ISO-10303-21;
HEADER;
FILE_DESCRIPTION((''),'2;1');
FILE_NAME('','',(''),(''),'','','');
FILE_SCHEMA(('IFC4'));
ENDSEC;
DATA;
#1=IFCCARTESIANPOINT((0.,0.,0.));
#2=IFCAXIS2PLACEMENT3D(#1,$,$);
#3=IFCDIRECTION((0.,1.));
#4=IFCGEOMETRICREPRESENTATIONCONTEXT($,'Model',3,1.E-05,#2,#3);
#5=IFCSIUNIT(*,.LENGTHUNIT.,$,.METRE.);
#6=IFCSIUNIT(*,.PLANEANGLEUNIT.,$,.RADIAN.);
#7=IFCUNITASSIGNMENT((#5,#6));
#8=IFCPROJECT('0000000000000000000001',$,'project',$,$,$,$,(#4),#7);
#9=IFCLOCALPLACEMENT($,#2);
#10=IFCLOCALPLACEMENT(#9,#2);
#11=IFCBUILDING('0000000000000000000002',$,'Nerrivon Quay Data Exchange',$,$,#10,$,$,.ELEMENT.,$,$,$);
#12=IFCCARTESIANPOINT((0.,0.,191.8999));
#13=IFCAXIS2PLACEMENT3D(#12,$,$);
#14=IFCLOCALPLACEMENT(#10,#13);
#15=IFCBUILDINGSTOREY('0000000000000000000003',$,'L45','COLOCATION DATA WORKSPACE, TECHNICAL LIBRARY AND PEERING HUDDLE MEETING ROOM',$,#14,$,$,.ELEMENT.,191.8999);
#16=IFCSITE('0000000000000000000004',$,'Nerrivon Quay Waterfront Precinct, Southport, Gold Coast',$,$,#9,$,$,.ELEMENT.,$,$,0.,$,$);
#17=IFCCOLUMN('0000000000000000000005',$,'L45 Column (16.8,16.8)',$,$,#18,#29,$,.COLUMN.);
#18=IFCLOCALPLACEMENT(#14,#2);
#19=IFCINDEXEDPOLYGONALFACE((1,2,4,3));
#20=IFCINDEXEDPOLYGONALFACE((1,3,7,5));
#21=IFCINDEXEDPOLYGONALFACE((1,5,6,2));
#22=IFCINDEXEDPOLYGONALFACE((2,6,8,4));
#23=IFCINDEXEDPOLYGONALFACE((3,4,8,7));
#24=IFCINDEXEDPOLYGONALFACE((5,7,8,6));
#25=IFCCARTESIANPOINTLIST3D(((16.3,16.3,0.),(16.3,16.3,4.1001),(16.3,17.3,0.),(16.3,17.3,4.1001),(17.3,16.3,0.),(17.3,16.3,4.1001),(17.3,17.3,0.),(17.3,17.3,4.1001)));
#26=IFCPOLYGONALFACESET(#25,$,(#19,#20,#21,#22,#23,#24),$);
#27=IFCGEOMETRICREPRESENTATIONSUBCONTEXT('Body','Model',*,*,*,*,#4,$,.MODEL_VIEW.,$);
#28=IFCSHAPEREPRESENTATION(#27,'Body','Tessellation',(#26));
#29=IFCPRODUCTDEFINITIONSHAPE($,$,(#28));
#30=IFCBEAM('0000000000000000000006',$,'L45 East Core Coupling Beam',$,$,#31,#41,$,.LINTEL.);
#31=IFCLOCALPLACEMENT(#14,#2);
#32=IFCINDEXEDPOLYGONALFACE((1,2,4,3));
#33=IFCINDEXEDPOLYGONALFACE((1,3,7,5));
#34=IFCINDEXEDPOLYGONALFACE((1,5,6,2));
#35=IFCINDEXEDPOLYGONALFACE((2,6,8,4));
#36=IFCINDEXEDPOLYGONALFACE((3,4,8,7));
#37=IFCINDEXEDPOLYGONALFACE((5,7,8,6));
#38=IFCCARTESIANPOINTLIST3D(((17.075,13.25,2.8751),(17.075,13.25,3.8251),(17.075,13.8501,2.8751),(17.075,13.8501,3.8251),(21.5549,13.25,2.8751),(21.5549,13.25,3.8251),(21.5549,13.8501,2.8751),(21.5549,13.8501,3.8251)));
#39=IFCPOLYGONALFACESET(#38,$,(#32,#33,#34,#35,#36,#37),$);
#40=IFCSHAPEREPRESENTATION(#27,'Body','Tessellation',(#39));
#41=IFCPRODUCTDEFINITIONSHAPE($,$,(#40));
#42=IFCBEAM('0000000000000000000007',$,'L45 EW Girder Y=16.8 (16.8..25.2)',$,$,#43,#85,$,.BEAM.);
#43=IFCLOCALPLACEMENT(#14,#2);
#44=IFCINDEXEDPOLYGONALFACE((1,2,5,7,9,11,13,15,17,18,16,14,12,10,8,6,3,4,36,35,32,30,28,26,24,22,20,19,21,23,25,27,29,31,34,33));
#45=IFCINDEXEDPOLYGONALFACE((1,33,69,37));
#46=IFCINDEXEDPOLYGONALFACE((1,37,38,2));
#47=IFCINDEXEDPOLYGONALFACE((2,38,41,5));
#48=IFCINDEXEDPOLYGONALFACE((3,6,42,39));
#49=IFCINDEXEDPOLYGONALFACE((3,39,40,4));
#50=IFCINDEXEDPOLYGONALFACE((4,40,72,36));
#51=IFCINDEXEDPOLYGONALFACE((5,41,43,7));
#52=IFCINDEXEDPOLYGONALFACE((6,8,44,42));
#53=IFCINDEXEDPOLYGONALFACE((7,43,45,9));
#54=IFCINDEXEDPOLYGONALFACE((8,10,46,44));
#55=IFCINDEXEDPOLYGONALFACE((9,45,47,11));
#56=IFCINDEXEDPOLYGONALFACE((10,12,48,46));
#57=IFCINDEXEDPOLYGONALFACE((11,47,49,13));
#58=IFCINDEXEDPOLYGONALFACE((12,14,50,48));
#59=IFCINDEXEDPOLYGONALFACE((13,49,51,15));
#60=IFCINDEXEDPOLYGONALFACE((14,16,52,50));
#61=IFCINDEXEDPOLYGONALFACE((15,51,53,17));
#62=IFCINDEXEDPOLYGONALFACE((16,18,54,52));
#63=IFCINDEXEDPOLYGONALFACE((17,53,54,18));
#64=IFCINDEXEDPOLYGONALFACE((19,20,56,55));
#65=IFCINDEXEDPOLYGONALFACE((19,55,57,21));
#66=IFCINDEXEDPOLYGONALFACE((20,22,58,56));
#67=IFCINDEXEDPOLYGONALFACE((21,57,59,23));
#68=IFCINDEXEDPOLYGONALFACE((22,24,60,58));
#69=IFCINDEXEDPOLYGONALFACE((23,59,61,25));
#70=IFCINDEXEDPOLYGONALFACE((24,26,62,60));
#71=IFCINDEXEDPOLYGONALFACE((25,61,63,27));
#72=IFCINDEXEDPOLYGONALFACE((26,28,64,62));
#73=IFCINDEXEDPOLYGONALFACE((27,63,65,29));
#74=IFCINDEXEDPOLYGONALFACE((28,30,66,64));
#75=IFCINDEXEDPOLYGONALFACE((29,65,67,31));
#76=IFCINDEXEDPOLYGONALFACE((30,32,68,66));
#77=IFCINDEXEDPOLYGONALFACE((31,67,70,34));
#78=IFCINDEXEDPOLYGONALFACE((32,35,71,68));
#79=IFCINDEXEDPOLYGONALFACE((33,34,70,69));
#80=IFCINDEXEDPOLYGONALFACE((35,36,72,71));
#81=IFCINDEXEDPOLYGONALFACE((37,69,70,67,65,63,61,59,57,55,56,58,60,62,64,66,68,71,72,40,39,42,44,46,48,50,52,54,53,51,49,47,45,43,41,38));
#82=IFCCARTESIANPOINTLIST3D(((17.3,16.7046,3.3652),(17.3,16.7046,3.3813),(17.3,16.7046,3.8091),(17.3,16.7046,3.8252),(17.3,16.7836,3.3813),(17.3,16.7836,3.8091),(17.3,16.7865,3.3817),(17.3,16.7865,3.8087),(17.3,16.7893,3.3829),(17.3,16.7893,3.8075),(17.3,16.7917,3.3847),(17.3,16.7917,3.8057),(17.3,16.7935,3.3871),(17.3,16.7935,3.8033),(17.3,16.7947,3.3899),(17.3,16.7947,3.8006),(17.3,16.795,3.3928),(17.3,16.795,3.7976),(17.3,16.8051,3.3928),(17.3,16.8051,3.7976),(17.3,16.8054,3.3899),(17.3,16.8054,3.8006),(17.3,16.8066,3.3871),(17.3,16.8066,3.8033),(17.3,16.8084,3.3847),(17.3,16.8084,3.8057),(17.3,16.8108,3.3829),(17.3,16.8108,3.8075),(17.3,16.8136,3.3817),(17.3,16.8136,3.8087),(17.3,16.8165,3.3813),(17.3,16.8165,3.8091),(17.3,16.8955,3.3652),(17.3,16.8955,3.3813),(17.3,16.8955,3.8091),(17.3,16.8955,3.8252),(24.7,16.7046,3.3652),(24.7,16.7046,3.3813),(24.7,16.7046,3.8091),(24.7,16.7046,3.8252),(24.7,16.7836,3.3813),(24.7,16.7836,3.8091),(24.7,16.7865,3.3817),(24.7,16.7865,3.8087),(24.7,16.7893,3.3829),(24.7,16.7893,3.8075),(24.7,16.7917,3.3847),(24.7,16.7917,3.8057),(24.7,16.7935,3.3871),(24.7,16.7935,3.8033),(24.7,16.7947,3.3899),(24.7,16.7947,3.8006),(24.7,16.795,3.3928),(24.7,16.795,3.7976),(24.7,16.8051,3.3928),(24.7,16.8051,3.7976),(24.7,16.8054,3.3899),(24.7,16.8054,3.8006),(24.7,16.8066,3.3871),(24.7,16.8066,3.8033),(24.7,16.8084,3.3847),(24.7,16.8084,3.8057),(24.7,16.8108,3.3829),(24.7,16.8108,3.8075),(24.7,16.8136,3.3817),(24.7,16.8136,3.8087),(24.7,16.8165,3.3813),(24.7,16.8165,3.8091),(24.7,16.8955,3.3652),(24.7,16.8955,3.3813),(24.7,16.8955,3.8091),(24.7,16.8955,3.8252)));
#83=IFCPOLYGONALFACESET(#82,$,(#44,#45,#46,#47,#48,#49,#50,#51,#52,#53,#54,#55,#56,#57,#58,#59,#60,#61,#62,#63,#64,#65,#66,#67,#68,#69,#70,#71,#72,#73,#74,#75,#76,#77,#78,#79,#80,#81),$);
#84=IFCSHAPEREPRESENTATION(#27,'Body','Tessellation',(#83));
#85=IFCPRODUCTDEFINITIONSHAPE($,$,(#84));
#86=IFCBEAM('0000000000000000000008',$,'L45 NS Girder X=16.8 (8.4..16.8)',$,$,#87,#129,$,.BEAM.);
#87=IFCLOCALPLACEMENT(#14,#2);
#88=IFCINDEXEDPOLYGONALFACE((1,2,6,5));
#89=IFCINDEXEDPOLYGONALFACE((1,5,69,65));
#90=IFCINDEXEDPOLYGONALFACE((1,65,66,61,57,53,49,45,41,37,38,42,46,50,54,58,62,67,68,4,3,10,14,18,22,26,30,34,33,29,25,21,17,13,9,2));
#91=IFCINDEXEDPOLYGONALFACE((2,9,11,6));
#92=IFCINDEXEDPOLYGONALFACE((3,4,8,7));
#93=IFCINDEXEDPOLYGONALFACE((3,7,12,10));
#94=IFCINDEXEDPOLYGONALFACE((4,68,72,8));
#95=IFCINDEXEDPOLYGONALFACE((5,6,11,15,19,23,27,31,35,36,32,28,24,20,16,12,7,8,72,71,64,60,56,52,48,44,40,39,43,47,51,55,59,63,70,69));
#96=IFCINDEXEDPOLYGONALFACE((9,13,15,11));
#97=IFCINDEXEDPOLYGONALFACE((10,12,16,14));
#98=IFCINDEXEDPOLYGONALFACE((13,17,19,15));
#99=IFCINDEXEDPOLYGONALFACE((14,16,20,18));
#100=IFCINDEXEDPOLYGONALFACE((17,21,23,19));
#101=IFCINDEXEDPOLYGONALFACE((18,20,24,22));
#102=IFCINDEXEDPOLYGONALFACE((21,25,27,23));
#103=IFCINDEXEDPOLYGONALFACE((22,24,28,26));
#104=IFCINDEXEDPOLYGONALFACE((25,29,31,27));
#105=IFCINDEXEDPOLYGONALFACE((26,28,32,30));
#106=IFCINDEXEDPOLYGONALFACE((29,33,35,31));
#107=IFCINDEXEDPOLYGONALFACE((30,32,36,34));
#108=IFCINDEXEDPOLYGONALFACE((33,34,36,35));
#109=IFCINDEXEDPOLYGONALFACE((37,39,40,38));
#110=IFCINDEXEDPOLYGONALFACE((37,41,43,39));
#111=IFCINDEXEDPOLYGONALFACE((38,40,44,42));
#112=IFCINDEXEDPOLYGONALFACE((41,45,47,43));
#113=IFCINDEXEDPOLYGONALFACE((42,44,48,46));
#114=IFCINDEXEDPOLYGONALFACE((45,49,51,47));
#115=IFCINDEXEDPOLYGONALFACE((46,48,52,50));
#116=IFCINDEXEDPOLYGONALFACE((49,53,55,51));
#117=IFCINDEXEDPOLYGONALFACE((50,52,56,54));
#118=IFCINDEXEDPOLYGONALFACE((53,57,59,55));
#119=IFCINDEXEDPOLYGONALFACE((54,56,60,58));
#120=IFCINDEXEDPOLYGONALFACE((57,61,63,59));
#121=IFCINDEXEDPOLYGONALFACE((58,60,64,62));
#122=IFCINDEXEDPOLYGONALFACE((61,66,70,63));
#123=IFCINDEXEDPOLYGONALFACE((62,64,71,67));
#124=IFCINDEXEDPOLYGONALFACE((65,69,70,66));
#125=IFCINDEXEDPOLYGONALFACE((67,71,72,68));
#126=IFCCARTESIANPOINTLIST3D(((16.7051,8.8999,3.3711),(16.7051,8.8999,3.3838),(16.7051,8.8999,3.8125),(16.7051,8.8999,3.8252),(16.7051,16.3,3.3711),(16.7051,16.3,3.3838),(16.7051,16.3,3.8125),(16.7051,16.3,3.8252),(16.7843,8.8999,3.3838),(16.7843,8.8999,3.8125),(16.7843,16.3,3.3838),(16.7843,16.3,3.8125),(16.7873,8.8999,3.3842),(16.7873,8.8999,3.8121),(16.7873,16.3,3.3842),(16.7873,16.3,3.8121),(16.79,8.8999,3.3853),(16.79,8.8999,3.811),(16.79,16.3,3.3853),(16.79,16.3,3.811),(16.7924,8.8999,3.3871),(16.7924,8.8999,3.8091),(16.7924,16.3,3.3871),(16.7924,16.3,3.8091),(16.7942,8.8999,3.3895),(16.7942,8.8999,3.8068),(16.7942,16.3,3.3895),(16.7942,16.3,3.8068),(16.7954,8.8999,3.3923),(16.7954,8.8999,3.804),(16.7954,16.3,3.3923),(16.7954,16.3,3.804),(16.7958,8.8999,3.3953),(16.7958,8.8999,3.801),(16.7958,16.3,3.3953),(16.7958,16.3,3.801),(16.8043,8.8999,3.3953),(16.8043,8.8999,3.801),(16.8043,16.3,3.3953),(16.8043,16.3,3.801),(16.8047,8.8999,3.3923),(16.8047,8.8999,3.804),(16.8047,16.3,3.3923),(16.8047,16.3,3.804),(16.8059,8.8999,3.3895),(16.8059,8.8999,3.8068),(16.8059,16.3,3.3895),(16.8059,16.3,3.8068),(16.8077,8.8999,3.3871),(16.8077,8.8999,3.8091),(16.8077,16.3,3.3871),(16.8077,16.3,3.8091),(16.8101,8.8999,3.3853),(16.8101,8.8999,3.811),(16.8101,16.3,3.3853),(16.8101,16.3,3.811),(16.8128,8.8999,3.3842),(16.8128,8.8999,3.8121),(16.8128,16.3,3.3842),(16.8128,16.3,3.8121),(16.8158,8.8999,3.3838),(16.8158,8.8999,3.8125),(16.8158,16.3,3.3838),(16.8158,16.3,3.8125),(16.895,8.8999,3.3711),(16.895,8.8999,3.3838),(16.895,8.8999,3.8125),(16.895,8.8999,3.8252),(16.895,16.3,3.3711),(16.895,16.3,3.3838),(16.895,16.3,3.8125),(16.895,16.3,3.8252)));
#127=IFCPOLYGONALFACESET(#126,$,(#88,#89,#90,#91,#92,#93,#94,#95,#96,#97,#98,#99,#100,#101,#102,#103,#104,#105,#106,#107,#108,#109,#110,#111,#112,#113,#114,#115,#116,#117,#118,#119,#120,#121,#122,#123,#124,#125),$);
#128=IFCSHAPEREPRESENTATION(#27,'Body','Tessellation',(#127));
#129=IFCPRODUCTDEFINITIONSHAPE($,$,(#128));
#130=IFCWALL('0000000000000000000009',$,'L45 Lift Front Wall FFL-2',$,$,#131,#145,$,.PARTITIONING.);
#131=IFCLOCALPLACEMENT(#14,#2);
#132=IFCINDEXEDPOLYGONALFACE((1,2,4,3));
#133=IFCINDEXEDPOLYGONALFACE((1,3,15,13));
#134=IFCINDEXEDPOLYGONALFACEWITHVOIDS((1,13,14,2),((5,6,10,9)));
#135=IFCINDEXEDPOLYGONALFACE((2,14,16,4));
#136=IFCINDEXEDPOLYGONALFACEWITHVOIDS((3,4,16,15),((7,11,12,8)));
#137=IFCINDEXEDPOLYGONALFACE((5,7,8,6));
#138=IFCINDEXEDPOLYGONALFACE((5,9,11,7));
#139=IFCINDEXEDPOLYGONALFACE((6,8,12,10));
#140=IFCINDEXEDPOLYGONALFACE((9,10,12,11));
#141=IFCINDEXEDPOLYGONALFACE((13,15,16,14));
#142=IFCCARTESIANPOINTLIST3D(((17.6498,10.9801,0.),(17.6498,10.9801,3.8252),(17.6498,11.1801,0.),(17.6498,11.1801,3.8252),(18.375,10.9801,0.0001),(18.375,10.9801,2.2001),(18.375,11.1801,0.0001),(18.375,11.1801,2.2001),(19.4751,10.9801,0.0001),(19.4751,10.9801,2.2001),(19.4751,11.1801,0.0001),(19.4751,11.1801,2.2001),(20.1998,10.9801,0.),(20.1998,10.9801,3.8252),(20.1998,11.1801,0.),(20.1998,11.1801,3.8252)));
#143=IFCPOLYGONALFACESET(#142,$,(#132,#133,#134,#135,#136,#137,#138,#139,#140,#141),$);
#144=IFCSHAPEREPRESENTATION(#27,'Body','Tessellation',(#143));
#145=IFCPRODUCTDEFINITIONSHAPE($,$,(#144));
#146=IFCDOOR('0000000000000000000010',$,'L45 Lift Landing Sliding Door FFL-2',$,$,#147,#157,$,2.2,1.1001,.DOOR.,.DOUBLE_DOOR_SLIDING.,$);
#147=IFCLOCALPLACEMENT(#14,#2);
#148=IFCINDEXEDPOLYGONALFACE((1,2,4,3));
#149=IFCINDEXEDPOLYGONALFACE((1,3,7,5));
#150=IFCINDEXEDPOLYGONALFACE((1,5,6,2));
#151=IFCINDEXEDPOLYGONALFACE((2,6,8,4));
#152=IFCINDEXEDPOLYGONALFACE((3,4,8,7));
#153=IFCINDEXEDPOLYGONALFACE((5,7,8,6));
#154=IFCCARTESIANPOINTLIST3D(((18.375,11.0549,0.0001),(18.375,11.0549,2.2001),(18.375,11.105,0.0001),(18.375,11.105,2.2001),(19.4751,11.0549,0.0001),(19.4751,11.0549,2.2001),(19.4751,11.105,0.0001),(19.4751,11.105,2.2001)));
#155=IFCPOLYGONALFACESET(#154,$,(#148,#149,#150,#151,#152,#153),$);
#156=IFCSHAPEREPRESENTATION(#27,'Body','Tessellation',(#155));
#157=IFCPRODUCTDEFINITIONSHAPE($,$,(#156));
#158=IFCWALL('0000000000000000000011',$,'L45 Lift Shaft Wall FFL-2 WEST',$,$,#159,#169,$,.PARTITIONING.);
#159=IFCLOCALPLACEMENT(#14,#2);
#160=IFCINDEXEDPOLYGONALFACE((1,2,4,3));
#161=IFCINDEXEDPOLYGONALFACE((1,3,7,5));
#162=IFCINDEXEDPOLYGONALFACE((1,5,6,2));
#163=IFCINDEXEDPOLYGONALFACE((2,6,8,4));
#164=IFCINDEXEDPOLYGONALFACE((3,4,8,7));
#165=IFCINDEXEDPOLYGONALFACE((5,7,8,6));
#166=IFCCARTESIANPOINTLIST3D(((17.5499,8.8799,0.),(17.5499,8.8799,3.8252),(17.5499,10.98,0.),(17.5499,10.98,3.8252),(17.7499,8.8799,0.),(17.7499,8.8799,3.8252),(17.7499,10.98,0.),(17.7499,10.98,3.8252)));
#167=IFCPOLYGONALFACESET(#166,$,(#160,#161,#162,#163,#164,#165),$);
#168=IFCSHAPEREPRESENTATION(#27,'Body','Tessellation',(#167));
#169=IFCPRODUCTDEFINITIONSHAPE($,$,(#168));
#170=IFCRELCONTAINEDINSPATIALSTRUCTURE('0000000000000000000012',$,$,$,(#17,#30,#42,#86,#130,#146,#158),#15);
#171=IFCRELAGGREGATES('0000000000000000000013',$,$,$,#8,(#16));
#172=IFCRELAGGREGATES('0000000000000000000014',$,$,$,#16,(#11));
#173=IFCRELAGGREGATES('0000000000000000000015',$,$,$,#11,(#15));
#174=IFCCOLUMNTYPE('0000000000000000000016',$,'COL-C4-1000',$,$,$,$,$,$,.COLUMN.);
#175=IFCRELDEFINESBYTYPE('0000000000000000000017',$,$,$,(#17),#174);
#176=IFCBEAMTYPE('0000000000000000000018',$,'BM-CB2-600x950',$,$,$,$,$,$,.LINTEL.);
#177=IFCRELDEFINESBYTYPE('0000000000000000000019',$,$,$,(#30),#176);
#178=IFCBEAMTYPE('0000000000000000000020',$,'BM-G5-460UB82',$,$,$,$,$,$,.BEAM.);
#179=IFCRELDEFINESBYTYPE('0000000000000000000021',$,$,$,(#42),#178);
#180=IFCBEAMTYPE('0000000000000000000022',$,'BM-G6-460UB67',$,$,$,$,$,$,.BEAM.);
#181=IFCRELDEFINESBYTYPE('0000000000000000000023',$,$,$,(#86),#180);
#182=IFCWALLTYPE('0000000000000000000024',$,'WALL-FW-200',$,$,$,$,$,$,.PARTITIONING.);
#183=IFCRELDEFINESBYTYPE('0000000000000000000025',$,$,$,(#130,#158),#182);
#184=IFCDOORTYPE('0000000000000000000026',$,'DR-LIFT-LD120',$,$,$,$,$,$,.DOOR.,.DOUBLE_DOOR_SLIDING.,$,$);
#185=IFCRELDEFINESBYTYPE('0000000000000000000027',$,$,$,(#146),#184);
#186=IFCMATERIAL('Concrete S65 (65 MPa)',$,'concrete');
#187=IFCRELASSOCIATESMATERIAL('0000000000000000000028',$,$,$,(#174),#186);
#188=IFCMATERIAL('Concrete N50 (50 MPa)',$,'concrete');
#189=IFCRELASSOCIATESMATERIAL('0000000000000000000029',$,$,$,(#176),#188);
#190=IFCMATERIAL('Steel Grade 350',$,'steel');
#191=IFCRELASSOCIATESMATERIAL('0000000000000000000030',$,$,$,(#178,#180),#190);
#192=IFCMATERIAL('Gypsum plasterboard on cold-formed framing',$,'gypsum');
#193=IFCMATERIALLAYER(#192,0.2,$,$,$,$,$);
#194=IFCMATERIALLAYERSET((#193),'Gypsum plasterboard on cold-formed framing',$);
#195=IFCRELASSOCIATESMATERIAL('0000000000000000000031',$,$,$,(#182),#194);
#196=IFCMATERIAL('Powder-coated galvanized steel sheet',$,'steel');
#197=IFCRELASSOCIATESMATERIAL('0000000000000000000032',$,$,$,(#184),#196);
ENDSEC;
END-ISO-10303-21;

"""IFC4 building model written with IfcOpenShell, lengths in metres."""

from ifc_helpers import new_model, si_unit, direction, frame, frame_2d, origin, origin_2d, place, context, subcontext, project, spatial, rectangle, i_section, extrude, material, layer, layer_set, material_profile, profile_set, type_object, element, fill, save


model = new_model("IFC4")

# Units and contexts
model_context = context("Model", 3, precision=1e-05, world=origin(), true_north=direction((0.0, 1.0)))
body_context = subcontext(model_context, "Body", "Model", "MODEL_VIEW")
ifc_project = project(units=[si_unit("LENGTHUNIT", "METRE"), si_unit("PLANEANGLEUNIT", "RADIAN")], contexts=[model_context])

# Site, building, storey
site_placement = place(None, origin())
site = spatial("IfcSite", under=ifc_project, at=site_placement, Name="Nerrivon Quay Waterfront Precinct, Southport, Gold Coast", CompositionType="ELEMENT", RefElevation=0.0)
building_placement = place(site_placement, origin())
building = spatial("IfcBuilding", under=site, at=building_placement, Name="Nerrivon Quay Data Exchange", CompositionType="ELEMENT")
storey_placement = place(building_placement, frame((0.0, 0.0, 191.8999)))
storey = spatial("IfcBuildingStorey", under=building, at=storey_placement, Name="L45", Description="COLOCATION DATA WORKSPACE, TECHNICAL LIBRARY AND PEERING HUDDLE MEETING ROOM", CompositionType="ELEMENT", Elevation=191.8999)

# Column
ifc_material_1 = material(Name="Concrete S65 (65 MPa)", Category="concrete")
ifc_material_profile_1 = material_profile(ifc_material_1, rectangle(XDim=1.0, YDim=1.0, at=origin_2d()), Name="RC-COL-1000x1000")
ifc_profile_set_1 = profile_set([ifc_material_profile_1], Name="Concrete S65 (65 MPa)")
column_type = type_object("IfcColumnType", Name="COL-C4-1000", PredefinedType="COLUMN", material=ifc_profile_set_1)
column_placement = place(storey_placement, frame((16.8, 16.8, 0.0), z_axis=(0.0, 0.0, 1.0), x_axis=(1.0, 0.0, 0.0)))
element("IfcColumn", 1, at=column_placement, inside=storey, type_object=column_type, Name="L45 Column (16.8,16.8)", PredefinedType="COLUMN", context=body_context, shape_type="SweptSolid", body=[
    extrude(rectangle(XDim=1.0, YDim=1.0, at=origin_2d()), origin(), (0.0, 0.0, 1.0), 4.1001),
])

# Beams
ifc_material_2 = material(Name="Concrete N50 (50 MPa)", Category="concrete")
ifc_material_profile_2 = material_profile(ifc_material_2, rectangle(XDim=0.6001, YDim=0.95, at=origin_2d()), Name="RC-CB-600x950")
ifc_profile_set_2 = profile_set([ifc_material_profile_2], Name="Concrete N50 (50 MPa)")
beam_type_1 = type_object("IfcBeamType", Name="BM-CB2-600x950", PredefinedType="LINTEL", material=ifc_profile_set_2)
beam_1_placement = place(storey_placement, frame((17.075, 13.55, 3.3501), z_axis=(1.0, 0.0, 0.0), x_axis=(0.0, 1.0, 0.0)))
element("IfcBeam", 2, at=beam_1_placement, inside=storey, type_object=beam_type_1, Name="L45 East Core Coupling Beam", PredefinedType="LINTEL", context=body_context, shape_type="SweptSolid", body=[
    extrude(rectangle(XDim=0.6001, YDim=0.95, at=origin_2d()), origin(), (0.0, 0.0, 1.0), 4.48),
])
ifc_material_3 = material(Name="Steel Grade 350", Category="steel")
ifc_material_profile_3 = material_profile(ifc_material_3, i_section(OverallWidth=0.1909, OverallDepth=0.46, WebThickness=0.01, FlangeThickness=0.0161, FilletRadius=0.0115, at=origin_2d()), Name="460UB82.1")
ifc_profile_set_3 = profile_set([ifc_material_profile_3], Name="Steel Grade 350")
beam_type_2 = type_object("IfcBeamType", Name="BM-G5-460UB82", PredefinedType="BEAM", material=ifc_profile_set_3)
beam_2_placement = place(storey_placement, frame((17.3, 16.8, 3.5952), z_axis=(1.0, 0.0, 0.0), x_axis=(0.0, 1.0, 0.0)))
element("IfcBeam", 3, at=beam_2_placement, inside=storey, type_object=beam_type_2, Name="L45 EW Girder Y=16.8 (16.8..25.2)", PredefinedType="BEAM", context=body_context, shape_type="SweptSolid", body=[
    extrude(i_section(OverallWidth=0.1909, OverallDepth=0.46, WebThickness=0.01, FlangeThickness=0.0161, FilletRadius=0.0115, at=origin_2d()), origin(), (0.0, 0.0, 1.0), 7.3999),
])
ifc_material_profile_4 = material_profile(ifc_material_3, i_section(OverallWidth=0.1899, OverallDepth=0.4541, WebThickness=0.0085, FlangeThickness=0.0127, FilletRadius=0.0115, at=origin_2d()), Name="460UB67.1")
ifc_profile_set_4 = profile_set([ifc_material_profile_4], Name="Steel Grade 350")
beam_type_3 = type_object("IfcBeamType", Name="BM-G6-460UB67", PredefinedType="BEAM", material=ifc_profile_set_4)
beam_3_placement = place(storey_placement, frame((16.8, 8.8999, 3.5981), z_axis=(0.0, 1.0, 0.0), x_axis=(-1.0, 0.0, 0.0)))
element("IfcBeam", 4, at=beam_3_placement, inside=storey, type_object=beam_type_3, Name="L45 NS Girder X=16.8 (8.4..16.8)", PredefinedType="BEAM", context=body_context, shape_type="SweptSolid", body=[
    extrude(i_section(OverallWidth=0.1899, OverallDepth=0.4541, WebThickness=0.0085, FlangeThickness=0.0127, FilletRadius=0.0115, at=origin_2d()), origin(), (0.0, 0.0, 1.0), 7.4001),
])

# Wall, opening, door
ifc_material_4 = material(Name="Powder-coated galvanized steel sheet", Category="steel")
ifc_material_5 = material(Name="Gypsum plasterboard on cold-formed framing", Category="gypsum")
ifc_layer_1 = layer(ifc_material_5, 0.2)
ifc_layer_set_1 = layer_set([ifc_layer_1], Name="Gypsum plasterboard on cold-formed framing")
wall_type_1 = type_object("IfcWallType", Name="WALL-FW-200", PredefinedType="PARTITIONING", material=ifc_layer_set_1)
wall_1_placement = place(storey_placement, frame((17.6499, 11.0801, 0.0), z_axis=(0.0, 0.0, 1.0), x_axis=(1.0, 0.0, 0.0)))
wall_1 = element("IfcWall", 5, at=wall_1_placement, inside=storey, type_object=wall_type_1, Name="L45 Lift Front Wall FFL-2", PredefinedType="PARTITIONING", context=body_context, shape_type="SweptSolid", body=[
    extrude(rectangle(XDim=2.55, YDim=0.2, at=frame_2d((1.2749, 0.0))), origin(), (0.0, 0.0, 1.0), 3.8252),
])
opening_1_placement = place(wall_1_placement, frame((0.7251, 0.0, 0.0)))
opening_1 = element("IfcOpeningElement", 6, at=opening_1_placement, cuts=wall_1, PredefinedType="OPENING", context=body_context, shape_type="SweptSolid", body=[
    extrude(rectangle(XDim=1.1001, YDim=2.2, at=frame_2d((0.55, 1.1001))), frame((0.0, 0.1099, 0.0), z_axis=(0.0, -1.0, 0.0), x_axis=(1.0, 0.0, 0.0)), (0.0, 0.0, 1.0), 0.22),
])
door_type_1 = type_object("IfcDoorType", Name="DR-LIFT-LD120", OperationType="DOUBLE_DOOR_SLIDING", PredefinedType="DOOR", material=ifc_material_4)
door_1_placement = place(opening_1_placement, origin())
door_1 = element("IfcDoor", 7, at=door_1_placement, inside=storey, type_object=door_type_1, Name="L45 Lift Landing Sliding Door FFL-2", OperationType="DOUBLE_DOOR_SLIDING", OverallHeight=2.2, OverallWidth=1.1001, PredefinedType="DOOR", context=body_context, shape_type="SweptSolid", body=[
    extrude(rectangle(XDim=1.1001, YDim=2.2, at=frame_2d((0.55, 1.1001))), frame((0.0, 0.0249, 0.0), z_axis=(0.0, -1.0, 0.0), x_axis=(1.0, 0.0, 0.0)), (0.0, 0.0, 1.0), 0.05),
])
fill(opening_1, door_1)

# Wall
wall_2_placement = place(storey_placement, frame((17.6499, 8.8799, 0.0), z_axis=(0.0, 0.0, 1.0), x_axis=(0.0, 1.0, 0.0)))
element("IfcWall", 8, at=wall_2_placement, inside=storey, type_object=wall_type_1, Name="L45 Lift Shaft Wall FFL-2 WEST", PredefinedType="PARTITIONING", context=body_context, shape_type="SweptSolid", body=[
    extrude(rectangle(XDim=2.1001, YDim=0.2, at=frame_2d((1.05, 0.0))), origin(), (0.0, 0.0, 1.0), 3.8252),
])

save(model, "model.ifc")
